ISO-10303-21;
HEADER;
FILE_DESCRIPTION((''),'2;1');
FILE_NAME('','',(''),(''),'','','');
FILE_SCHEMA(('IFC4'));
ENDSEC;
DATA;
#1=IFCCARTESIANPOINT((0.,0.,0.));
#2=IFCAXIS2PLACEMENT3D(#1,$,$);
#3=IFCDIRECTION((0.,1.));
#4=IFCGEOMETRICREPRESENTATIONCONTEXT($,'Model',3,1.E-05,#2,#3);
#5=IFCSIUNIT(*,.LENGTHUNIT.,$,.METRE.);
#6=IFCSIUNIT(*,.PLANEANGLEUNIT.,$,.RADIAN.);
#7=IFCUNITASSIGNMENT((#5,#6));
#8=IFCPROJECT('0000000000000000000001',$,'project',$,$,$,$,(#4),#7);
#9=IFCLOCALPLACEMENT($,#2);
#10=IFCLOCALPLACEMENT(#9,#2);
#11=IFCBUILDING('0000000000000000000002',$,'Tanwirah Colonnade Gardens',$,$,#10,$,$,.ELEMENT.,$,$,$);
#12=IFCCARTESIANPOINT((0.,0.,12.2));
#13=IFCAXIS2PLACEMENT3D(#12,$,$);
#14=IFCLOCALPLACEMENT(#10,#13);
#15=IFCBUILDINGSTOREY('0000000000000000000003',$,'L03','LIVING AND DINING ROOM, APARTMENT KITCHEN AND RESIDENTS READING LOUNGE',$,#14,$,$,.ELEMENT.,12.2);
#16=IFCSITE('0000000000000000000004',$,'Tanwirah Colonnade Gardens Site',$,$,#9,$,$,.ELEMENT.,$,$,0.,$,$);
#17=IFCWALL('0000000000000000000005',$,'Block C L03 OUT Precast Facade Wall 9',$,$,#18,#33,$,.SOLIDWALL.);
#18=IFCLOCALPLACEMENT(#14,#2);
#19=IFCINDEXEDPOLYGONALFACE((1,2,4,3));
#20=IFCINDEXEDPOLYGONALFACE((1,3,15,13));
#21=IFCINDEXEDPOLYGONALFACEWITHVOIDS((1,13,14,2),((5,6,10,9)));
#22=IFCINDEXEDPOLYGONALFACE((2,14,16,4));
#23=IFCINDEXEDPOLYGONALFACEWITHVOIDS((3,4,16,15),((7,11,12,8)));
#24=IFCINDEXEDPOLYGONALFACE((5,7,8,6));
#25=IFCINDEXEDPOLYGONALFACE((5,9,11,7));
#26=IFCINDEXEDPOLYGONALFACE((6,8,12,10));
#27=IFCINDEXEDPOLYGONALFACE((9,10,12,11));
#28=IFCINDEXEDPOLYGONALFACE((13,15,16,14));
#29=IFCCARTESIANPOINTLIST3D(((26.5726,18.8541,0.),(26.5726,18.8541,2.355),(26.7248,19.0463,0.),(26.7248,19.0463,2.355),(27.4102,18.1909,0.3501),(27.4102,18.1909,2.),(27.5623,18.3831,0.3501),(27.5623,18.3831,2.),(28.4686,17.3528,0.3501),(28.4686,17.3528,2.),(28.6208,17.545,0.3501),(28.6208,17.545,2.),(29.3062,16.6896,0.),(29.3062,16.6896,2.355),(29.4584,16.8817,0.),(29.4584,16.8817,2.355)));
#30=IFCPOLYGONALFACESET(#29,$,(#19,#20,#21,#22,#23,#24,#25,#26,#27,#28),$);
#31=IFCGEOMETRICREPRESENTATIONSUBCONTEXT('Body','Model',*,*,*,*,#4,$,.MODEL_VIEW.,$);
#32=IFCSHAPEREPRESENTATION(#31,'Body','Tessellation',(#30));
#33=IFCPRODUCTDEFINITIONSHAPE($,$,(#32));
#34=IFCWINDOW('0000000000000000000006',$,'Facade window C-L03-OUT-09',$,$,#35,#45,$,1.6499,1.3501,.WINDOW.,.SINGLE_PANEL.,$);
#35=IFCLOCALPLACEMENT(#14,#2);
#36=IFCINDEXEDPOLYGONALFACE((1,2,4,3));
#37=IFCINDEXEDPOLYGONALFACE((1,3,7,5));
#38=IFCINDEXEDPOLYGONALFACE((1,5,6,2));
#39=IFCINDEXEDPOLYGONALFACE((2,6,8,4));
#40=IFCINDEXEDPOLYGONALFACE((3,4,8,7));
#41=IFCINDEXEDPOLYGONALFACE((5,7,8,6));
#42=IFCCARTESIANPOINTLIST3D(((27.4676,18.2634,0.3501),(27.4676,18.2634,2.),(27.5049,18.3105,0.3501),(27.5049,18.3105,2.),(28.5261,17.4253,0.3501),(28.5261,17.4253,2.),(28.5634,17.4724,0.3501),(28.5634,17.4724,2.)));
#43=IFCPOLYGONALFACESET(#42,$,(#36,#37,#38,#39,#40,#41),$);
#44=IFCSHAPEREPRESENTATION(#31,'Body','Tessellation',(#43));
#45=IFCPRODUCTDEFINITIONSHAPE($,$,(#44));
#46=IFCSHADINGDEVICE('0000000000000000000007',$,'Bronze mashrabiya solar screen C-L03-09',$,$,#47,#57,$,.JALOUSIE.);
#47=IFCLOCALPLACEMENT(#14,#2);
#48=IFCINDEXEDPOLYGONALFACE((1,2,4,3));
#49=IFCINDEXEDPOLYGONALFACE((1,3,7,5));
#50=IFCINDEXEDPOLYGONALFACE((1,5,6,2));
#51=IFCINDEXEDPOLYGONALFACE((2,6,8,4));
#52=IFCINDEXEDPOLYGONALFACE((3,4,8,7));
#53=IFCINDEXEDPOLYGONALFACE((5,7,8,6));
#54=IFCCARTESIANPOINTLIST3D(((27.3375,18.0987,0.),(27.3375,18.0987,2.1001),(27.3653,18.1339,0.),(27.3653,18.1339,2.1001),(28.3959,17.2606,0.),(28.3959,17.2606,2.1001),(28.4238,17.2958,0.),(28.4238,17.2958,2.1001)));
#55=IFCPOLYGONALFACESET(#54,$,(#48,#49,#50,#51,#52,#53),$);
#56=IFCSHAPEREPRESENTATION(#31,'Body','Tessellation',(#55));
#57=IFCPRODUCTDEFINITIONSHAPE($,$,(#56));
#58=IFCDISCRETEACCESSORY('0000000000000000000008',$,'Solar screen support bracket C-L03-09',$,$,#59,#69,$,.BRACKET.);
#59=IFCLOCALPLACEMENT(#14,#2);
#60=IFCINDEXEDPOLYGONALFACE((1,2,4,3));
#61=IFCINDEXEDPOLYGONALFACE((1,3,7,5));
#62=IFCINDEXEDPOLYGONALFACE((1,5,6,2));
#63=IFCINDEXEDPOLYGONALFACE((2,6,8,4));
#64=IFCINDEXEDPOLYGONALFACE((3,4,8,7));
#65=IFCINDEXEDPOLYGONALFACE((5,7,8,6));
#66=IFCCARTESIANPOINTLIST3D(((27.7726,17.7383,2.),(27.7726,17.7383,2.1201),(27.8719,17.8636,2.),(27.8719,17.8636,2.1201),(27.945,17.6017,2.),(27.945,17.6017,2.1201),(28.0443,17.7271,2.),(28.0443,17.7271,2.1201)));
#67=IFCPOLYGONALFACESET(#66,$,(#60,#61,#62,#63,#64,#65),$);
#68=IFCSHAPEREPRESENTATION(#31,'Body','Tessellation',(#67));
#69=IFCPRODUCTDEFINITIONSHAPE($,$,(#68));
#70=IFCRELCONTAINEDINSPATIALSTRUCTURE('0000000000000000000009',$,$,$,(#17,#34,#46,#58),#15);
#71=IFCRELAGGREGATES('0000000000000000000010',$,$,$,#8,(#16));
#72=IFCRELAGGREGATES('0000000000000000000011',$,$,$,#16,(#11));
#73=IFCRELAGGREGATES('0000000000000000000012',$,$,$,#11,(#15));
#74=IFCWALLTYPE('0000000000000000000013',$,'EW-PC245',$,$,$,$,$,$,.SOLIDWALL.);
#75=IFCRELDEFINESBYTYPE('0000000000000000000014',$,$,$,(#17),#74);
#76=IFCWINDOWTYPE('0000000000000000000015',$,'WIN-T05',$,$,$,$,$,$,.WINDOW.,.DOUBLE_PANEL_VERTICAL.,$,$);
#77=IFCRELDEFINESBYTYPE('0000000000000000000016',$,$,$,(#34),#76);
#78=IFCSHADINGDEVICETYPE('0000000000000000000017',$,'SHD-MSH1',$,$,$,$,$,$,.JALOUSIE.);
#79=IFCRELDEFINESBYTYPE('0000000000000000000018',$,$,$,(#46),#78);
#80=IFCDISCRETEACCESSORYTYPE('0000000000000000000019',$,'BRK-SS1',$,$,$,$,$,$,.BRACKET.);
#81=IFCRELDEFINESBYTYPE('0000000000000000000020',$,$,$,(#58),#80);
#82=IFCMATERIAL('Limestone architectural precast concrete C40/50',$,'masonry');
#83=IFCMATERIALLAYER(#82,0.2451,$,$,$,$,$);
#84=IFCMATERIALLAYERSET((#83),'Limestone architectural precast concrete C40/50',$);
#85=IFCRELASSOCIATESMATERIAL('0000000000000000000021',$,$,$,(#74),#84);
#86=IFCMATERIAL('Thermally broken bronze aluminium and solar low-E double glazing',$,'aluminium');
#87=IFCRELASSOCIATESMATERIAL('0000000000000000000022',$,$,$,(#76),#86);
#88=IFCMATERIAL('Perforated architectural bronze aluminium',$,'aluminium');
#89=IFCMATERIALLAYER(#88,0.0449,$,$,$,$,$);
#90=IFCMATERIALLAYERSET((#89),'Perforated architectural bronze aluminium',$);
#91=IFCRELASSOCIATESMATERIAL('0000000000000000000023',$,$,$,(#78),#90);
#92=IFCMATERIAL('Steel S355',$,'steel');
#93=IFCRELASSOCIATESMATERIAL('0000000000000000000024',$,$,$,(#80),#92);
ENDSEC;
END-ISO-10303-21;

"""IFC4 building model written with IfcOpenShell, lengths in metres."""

from ifc_helpers import new_model, si_unit, direction, frame, frame_2d, origin, origin_2d, place, context, subcontext, project, spatial, rectangle, extrude, material, layer, layer_set, type_object, element, fill, save


model = new_model("IFC4")

# Units and contexts
model_context = context("Model", 3, precision=1e-05, world=origin(), true_north=direction((0.0, 1.0)))
body_context = subcontext(model_context, "Body", "Model", "MODEL_VIEW")
ifc_project = project(units=[si_unit("LENGTHUNIT", "METRE"), si_unit("PLANEANGLEUNIT", "RADIAN")], contexts=[model_context])

# Site, building, storey
site_placement = place(None, origin())
site = spatial("IfcSite", under=ifc_project, at=site_placement, Name="Tanwirah Colonnade Gardens Site", CompositionType="ELEMENT", RefElevation=0.0)
building_placement = place(site_placement, origin())
building = spatial("IfcBuilding", under=site, at=building_placement, Name="Tanwirah Colonnade Gardens", CompositionType="ELEMENT")
storey_placement = place(building_placement, frame((0.0, 0.0, 12.2)))
storey = spatial("IfcBuildingStorey", under=building, at=storey_placement, Name="L03", Description="LIVING AND DINING ROOM, APARTMENT KITCHEN AND RESIDENTS READING LOUNGE", CompositionType="ELEMENT", Elevation=12.2)

# Wall, opening, window
ifc_material_1 = material(Name="Limestone architectural precast concrete C40/50", Category="masonry")
ifc_layer_1 = layer(ifc_material_1, 0.2451)
ifc_layer_set_1 = layer_set([ifc_layer_1], Name="Limestone architectural precast concrete C40/50")
wall_type = type_object("IfcWallType", Name="EW-PC245", PredefinedType="SOLIDWALL", material=ifc_layer_set_1)
ifc_material_2 = material(Name="Thermally broken bronze aluminium and solar low-E double glazing", Category="aluminium")
wall_1_placement = place(storey_placement, frame((26.6487, 18.9502, 0.0), z_axis=(0.0, 0.0, 1.0), x_axis=(0.783988, -0.620776, 0.0)))
wall_1 = element("IfcWall", 1, at=wall_1_placement, inside=storey, type_object=wall_type, Name="Block C L03 OUT Precast Facade Wall 9", PredefinedType="SOLIDWALL", context=body_context, shape_type="SweptSolid", body=[
    extrude(rectangle(XDim=3.4868, YDim=0.2451, at=frame_2d((1.7434, 0.0))), origin(), (0.0, 0.0, 1.0), 2.355),
])
opening_1_placement = place(wall_1_placement, frame((1.0684, 0.0, 0.3501)))
opening_1 = element("IfcOpeningElement", 2, at=opening_1_placement, cuts=wall_1, PredefinedType="OPENING", context=body_context, shape_type="SweptSolid", body=[
    extrude(rectangle(XDim=1.3501, YDim=1.6499, at=frame_2d((0.675, 0.825))), frame((0.0, 0.1326, 0.0), z_axis=(0.0, -1.0, 0.0), x_axis=(1.0, 0.0, 0.0)), (0.0, 0.0, 1.0), 0.2651),
])
window_type_1 = type_object("IfcWindowType", Name="WIN-T05", PartitioningType="DOUBLE_PANEL_VERTICAL", PredefinedType="WINDOW", material=ifc_material_2)
window_1_placement = place(opening_1_placement, origin())
window_1 = element("IfcWindow", 3, at=window_1_placement, inside=storey, type_object=window_type_1, Name="Facade window C-L03-OUT-09", OverallHeight=1.6499, OverallWidth=1.3501, PartitioningType="SINGLE_PANEL", PredefinedType="WINDOW", context=body_context, shape_type="SweptSolid", body=[
    extrude(rectangle(XDim=1.3501, YDim=1.6499, at=frame_2d((0.675, 0.825))), frame((0.0, 0.03, 0.0), z_axis=(0.0, -1.0, 0.0), x_axis=(1.0, 0.0, 0.0)), (0.0, 0.0, 1.0), 0.0601),
])
fill(opening_1, window_1)

# Shading device
ifc_material_3 = material(Name="Perforated architectural bronze aluminium", Category="aluminium")
ifc_layer_2 = layer(ifc_material_3, 0.0449)
ifc_layer_set_2 = layer_set([ifc_layer_2], Name="Perforated architectural bronze aluminium")
shading_device_type = type_object("IfcShadingDeviceType", Name="SHD-MSH1", PredefinedType="JALOUSIE", material=ifc_layer_set_2)
shading_device_placement = place(storey_placement, frame((27.8806, 17.6973, 0.0), z_axis=(0.0, 0.0, 1.0), x_axis=(0.783965, -0.620805, 0.0)))
element("IfcShadingDevice", 4, at=shading_device_placement, inside=storey, type_object=shading_device_type, Name="Bronze mashrabiya solar screen C-L03-09", PredefinedType="JALOUSIE", context=body_context, shape_type="SweptSolid", body=[
    extrude(rectangle(XDim=1.3501, YDim=0.0449, at=origin_2d()), origin(), (0.0, 0.0, 1.0), 2.1001),
])

# Discrete accessory
ifc_material_4 = material(Name="Steel S355", Category="steel")
discrete_accessory_type = type_object("IfcDiscreteAccessoryType", Name="BRK-SS1", PredefinedType="BRACKET", material=ifc_material_4)
discrete_accessory_placement = place(storey_placement, frame((27.9084, 17.7327, 2.0), z_axis=(0.0, 0.0, 1.0), x_axis=(0.783965, -0.620805, 0.0)))
element("IfcDiscreteAccessory", 5, at=discrete_accessory_placement, inside=storey, type_object=discrete_accessory_type, Name="Solar screen support bracket C-L03-09", PredefinedType="BRACKET", context=body_context, shape_type="SweptSolid", body=[
    extrude(rectangle(XDim=0.22, YDim=0.1599, at=origin_2d()), origin(), (0.0, 0.0, 1.0), 0.1201),
])

save(model, "model.ifc")
